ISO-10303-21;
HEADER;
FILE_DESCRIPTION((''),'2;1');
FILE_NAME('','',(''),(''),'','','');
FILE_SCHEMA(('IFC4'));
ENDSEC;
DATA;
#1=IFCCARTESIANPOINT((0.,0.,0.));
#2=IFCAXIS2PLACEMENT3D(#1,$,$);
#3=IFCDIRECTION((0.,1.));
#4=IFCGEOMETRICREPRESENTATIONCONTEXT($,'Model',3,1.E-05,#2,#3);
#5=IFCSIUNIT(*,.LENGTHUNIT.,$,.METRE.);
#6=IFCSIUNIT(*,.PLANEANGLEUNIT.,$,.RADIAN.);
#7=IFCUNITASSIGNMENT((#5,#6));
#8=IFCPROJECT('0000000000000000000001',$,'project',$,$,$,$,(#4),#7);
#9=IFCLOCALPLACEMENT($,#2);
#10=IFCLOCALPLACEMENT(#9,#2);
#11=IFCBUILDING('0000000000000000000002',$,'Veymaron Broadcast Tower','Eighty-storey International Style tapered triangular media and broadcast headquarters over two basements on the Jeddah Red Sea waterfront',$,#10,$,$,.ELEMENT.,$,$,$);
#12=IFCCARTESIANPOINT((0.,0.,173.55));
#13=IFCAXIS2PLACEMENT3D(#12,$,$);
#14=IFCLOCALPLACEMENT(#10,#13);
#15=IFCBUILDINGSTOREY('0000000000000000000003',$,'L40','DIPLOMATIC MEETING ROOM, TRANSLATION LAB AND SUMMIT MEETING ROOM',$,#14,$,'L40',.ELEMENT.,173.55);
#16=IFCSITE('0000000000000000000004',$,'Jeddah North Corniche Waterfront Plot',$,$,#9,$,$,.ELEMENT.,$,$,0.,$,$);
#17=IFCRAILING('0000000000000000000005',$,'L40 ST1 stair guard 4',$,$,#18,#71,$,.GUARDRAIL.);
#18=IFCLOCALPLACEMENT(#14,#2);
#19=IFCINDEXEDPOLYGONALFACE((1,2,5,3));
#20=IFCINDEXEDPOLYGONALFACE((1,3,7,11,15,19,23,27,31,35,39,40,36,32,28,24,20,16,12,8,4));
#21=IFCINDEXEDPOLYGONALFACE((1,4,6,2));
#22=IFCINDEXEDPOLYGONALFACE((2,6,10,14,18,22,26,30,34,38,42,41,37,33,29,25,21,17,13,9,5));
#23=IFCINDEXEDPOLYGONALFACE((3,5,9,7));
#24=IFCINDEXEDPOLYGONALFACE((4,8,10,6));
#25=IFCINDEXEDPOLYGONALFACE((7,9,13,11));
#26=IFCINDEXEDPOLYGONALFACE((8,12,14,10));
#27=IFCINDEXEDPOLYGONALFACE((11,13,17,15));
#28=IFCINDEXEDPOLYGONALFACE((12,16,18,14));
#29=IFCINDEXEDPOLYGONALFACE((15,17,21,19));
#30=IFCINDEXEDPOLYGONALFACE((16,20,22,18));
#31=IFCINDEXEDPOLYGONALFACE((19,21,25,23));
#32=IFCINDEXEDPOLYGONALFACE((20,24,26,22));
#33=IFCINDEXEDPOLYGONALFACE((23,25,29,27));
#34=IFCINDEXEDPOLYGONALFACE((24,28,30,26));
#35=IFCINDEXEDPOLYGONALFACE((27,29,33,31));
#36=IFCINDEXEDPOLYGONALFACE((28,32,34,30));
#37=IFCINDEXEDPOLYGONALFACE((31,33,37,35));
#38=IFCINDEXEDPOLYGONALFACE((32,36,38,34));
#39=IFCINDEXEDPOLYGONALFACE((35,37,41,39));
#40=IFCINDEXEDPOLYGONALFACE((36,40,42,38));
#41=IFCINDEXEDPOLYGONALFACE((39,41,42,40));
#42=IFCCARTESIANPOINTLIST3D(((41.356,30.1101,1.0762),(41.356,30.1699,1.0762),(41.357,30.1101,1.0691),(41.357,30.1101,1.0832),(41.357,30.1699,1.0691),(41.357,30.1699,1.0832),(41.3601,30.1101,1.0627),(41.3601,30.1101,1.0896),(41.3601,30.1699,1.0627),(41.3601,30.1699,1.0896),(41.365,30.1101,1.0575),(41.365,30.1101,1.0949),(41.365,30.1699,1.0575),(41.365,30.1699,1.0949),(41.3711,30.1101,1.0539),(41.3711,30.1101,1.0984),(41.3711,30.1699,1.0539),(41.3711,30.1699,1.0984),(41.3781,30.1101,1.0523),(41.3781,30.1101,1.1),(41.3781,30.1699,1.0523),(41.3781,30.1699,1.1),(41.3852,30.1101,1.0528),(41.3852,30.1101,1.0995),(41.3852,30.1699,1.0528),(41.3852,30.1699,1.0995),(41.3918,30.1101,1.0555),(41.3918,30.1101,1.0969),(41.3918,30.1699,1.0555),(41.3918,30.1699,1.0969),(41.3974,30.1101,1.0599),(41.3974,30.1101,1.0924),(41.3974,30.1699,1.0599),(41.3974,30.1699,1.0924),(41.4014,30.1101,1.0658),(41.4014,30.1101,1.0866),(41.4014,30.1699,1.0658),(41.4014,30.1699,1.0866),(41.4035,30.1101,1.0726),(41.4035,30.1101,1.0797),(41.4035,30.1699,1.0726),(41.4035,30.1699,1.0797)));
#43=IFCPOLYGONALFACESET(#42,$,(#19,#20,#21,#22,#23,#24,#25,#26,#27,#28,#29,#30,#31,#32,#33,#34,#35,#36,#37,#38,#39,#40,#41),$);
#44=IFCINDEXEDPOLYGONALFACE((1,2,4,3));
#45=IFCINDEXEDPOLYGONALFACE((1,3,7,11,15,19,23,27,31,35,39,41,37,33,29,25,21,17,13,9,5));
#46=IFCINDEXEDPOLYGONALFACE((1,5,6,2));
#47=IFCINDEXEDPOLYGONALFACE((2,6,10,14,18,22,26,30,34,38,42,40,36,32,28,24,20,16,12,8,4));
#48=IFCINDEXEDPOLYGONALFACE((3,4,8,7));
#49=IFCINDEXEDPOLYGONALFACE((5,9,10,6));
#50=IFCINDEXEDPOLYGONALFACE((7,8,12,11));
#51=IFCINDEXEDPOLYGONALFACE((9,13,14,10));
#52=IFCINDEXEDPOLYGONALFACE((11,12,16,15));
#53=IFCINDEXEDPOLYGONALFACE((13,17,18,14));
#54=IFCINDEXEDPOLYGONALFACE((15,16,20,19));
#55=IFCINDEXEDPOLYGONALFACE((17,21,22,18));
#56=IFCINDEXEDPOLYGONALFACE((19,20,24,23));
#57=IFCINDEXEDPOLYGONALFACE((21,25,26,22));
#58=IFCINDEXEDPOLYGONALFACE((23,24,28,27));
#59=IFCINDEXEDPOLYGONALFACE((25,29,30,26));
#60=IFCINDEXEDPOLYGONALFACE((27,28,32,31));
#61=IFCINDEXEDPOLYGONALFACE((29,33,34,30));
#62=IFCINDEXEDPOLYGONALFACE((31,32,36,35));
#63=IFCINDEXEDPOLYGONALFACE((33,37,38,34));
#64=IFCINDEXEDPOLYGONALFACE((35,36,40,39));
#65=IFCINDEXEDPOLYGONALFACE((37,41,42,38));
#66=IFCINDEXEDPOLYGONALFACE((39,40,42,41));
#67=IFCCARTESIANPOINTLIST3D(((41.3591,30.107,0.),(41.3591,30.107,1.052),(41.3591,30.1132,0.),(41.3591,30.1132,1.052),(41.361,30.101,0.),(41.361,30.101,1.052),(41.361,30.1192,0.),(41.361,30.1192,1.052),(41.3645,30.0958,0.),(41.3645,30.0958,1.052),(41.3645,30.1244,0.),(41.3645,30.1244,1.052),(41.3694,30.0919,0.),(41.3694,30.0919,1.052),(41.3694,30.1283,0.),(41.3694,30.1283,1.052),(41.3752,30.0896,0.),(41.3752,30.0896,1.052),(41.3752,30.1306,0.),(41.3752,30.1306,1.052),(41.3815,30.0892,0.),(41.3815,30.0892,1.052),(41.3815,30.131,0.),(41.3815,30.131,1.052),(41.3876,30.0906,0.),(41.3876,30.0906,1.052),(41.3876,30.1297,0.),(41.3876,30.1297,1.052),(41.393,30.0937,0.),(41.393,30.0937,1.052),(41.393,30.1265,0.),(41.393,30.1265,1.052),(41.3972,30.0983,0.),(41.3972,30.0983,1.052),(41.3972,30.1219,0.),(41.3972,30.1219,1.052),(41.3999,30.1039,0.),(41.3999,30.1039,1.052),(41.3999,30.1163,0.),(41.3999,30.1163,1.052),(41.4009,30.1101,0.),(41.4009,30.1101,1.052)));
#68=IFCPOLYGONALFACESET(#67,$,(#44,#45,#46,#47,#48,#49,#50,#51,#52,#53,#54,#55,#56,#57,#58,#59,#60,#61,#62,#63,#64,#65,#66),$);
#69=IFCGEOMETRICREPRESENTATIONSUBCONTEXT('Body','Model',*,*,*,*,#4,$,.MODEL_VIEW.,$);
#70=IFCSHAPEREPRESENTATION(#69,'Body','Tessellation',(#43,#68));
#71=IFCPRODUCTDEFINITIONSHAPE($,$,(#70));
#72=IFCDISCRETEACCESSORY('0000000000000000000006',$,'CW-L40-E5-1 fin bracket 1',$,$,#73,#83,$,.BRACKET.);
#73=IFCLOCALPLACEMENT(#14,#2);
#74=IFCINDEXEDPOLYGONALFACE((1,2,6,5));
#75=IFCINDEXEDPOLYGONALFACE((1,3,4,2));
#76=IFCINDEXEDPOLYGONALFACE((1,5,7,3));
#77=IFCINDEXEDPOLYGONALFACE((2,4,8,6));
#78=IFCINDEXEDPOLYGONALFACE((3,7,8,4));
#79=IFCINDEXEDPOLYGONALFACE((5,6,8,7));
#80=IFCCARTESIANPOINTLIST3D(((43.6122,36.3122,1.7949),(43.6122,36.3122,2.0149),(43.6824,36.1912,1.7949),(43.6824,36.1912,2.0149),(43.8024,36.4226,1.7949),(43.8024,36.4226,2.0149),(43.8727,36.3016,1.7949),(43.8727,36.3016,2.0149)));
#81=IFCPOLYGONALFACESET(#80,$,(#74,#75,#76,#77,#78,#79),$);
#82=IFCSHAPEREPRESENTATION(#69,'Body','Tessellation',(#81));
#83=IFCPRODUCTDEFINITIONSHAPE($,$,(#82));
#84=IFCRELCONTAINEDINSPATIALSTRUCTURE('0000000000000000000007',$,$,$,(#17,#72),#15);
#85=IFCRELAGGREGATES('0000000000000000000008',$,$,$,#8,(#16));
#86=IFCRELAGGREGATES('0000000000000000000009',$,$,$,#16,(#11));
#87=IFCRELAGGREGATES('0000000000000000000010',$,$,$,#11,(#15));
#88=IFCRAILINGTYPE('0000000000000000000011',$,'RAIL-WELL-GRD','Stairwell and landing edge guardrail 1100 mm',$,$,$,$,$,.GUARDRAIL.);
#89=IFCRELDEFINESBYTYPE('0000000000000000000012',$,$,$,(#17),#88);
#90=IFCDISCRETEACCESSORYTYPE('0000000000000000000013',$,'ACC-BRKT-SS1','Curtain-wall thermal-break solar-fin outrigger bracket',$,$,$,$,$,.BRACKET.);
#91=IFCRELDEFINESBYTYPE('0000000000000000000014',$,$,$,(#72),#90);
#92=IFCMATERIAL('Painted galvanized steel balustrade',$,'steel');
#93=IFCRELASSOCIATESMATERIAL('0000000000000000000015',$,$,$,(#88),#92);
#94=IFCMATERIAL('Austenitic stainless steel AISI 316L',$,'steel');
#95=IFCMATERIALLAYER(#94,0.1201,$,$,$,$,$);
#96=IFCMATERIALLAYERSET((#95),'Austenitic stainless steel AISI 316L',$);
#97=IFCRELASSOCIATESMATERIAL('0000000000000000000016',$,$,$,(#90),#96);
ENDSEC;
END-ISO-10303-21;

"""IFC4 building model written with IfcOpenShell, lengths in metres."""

from ifc_helpers import new_model, si_unit, direction, frame, origin, origin_2d, place, context, subcontext, project, spatial, rectangle, circle, extrude, material, layer, layer_set, type_object, element, save


model = new_model("IFC4")

# Units and contexts
model_context = context("Model", 3, precision=1e-05, world=origin(), true_north=direction((0.0, 1.0)))
body_context = subcontext(model_context, "Body", "Model", "MODEL_VIEW")
ifc_project = project(units=[si_unit("LENGTHUNIT", "METRE"), si_unit("PLANEANGLEUNIT", "RADIAN")], contexts=[model_context])

# Site, building, storey
site_placement = place(None, origin())
site = spatial("IfcSite", under=ifc_project, at=site_placement, Name="Jeddah North Corniche Waterfront Plot", CompositionType="ELEMENT", RefElevation=0.0)
building_placement = place(site_placement, origin())
building = spatial("IfcBuilding", under=site, at=building_placement, Name="Veymaron Broadcast Tower", Description="Eighty-storey International Style tapered triangular media and broadcast headquarters over two basements on the Jeddah Red Sea waterfront", CompositionType="ELEMENT")
storey_placement = place(building_placement, frame((0.0, 0.0, 173.55)))
storey = spatial("IfcBuildingStorey", under=building, at=storey_placement, Name="L40", Description="DIPLOMATIC MEETING ROOM, TRANSLATION LAB AND SUMMIT MEETING ROOM", LongName="L40", CompositionType="ELEMENT", Elevation=173.55)

# Railing
ifc_material_1 = material(Name="Painted galvanized steel balustrade", Category="steel")
railing_type_1 = type_object("IfcRailingType", Name="RAIL-WELL-GRD", Description="Stairwell and landing edge guardrail 1100 mm", PredefinedType="GUARDRAIL", material=ifc_material_1)
railing_1_placement = place(storey_placement, frame((41.3799, 30.1101, 0.0)))
element("IfcRailing", 1, at=railing_1_placement, inside=storey, type_object=railing_type_1, Name="L40 ST1 stair guard 4", PredefinedType="GUARDRAIL", context=body_context, shape_type="SweptSolid", body=[
    extrude(circle(Radius=0.0239, at=origin_2d()), frame((0.0, 0.0, 1.0762), z_axis=(0.0, 1.0, 0.0), x_axis=(-1.0, 0.0, 0.0)), (0.0, 0.0, 1.0), 0.0598),
    extrude(circle(Radius=0.021, at=origin_2d()), origin(), (0.0, 0.0, 1.0), 1.052),
])

# Discrete accessory
ifc_material_2 = material(Name="Austenitic stainless steel AISI 316L", Category="steel")
ifc_layer_1 = layer(ifc_material_2, 0.1201)
ifc_layer_set_1 = layer_set([ifc_layer_1], Name="Austenitic stainless steel AISI 316L")
discrete_accessory_type = type_object("IfcDiscreteAccessoryType", Name="ACC-BRKT-SS1", Description="Curtain-wall thermal-break solar-fin outrigger bracket", PredefinedType="BRACKET", material=ifc_layer_set_1)
discrete_accessory_placement = place(storey_placement, frame((43.7424, 36.3069, 1.7949), z_axis=(0.0, 0.0, 1.0), x_axis=(0.864819, 0.502084, 0.0)))
element("IfcDiscreteAccessory", 2, at=discrete_accessory_placement, inside=storey, type_object=discrete_accessory_type, Name="CW-L40-E5-1 fin bracket 1", PredefinedType="BRACKET", context=body_context, shape_type="SweptSolid", body=[
    extrude(rectangle(XDim=0.22, YDim=0.1399, at=origin_2d()), origin(), (0.0, 0.0, 1.0), 0.22),
])

save(model, "model.ifc")
